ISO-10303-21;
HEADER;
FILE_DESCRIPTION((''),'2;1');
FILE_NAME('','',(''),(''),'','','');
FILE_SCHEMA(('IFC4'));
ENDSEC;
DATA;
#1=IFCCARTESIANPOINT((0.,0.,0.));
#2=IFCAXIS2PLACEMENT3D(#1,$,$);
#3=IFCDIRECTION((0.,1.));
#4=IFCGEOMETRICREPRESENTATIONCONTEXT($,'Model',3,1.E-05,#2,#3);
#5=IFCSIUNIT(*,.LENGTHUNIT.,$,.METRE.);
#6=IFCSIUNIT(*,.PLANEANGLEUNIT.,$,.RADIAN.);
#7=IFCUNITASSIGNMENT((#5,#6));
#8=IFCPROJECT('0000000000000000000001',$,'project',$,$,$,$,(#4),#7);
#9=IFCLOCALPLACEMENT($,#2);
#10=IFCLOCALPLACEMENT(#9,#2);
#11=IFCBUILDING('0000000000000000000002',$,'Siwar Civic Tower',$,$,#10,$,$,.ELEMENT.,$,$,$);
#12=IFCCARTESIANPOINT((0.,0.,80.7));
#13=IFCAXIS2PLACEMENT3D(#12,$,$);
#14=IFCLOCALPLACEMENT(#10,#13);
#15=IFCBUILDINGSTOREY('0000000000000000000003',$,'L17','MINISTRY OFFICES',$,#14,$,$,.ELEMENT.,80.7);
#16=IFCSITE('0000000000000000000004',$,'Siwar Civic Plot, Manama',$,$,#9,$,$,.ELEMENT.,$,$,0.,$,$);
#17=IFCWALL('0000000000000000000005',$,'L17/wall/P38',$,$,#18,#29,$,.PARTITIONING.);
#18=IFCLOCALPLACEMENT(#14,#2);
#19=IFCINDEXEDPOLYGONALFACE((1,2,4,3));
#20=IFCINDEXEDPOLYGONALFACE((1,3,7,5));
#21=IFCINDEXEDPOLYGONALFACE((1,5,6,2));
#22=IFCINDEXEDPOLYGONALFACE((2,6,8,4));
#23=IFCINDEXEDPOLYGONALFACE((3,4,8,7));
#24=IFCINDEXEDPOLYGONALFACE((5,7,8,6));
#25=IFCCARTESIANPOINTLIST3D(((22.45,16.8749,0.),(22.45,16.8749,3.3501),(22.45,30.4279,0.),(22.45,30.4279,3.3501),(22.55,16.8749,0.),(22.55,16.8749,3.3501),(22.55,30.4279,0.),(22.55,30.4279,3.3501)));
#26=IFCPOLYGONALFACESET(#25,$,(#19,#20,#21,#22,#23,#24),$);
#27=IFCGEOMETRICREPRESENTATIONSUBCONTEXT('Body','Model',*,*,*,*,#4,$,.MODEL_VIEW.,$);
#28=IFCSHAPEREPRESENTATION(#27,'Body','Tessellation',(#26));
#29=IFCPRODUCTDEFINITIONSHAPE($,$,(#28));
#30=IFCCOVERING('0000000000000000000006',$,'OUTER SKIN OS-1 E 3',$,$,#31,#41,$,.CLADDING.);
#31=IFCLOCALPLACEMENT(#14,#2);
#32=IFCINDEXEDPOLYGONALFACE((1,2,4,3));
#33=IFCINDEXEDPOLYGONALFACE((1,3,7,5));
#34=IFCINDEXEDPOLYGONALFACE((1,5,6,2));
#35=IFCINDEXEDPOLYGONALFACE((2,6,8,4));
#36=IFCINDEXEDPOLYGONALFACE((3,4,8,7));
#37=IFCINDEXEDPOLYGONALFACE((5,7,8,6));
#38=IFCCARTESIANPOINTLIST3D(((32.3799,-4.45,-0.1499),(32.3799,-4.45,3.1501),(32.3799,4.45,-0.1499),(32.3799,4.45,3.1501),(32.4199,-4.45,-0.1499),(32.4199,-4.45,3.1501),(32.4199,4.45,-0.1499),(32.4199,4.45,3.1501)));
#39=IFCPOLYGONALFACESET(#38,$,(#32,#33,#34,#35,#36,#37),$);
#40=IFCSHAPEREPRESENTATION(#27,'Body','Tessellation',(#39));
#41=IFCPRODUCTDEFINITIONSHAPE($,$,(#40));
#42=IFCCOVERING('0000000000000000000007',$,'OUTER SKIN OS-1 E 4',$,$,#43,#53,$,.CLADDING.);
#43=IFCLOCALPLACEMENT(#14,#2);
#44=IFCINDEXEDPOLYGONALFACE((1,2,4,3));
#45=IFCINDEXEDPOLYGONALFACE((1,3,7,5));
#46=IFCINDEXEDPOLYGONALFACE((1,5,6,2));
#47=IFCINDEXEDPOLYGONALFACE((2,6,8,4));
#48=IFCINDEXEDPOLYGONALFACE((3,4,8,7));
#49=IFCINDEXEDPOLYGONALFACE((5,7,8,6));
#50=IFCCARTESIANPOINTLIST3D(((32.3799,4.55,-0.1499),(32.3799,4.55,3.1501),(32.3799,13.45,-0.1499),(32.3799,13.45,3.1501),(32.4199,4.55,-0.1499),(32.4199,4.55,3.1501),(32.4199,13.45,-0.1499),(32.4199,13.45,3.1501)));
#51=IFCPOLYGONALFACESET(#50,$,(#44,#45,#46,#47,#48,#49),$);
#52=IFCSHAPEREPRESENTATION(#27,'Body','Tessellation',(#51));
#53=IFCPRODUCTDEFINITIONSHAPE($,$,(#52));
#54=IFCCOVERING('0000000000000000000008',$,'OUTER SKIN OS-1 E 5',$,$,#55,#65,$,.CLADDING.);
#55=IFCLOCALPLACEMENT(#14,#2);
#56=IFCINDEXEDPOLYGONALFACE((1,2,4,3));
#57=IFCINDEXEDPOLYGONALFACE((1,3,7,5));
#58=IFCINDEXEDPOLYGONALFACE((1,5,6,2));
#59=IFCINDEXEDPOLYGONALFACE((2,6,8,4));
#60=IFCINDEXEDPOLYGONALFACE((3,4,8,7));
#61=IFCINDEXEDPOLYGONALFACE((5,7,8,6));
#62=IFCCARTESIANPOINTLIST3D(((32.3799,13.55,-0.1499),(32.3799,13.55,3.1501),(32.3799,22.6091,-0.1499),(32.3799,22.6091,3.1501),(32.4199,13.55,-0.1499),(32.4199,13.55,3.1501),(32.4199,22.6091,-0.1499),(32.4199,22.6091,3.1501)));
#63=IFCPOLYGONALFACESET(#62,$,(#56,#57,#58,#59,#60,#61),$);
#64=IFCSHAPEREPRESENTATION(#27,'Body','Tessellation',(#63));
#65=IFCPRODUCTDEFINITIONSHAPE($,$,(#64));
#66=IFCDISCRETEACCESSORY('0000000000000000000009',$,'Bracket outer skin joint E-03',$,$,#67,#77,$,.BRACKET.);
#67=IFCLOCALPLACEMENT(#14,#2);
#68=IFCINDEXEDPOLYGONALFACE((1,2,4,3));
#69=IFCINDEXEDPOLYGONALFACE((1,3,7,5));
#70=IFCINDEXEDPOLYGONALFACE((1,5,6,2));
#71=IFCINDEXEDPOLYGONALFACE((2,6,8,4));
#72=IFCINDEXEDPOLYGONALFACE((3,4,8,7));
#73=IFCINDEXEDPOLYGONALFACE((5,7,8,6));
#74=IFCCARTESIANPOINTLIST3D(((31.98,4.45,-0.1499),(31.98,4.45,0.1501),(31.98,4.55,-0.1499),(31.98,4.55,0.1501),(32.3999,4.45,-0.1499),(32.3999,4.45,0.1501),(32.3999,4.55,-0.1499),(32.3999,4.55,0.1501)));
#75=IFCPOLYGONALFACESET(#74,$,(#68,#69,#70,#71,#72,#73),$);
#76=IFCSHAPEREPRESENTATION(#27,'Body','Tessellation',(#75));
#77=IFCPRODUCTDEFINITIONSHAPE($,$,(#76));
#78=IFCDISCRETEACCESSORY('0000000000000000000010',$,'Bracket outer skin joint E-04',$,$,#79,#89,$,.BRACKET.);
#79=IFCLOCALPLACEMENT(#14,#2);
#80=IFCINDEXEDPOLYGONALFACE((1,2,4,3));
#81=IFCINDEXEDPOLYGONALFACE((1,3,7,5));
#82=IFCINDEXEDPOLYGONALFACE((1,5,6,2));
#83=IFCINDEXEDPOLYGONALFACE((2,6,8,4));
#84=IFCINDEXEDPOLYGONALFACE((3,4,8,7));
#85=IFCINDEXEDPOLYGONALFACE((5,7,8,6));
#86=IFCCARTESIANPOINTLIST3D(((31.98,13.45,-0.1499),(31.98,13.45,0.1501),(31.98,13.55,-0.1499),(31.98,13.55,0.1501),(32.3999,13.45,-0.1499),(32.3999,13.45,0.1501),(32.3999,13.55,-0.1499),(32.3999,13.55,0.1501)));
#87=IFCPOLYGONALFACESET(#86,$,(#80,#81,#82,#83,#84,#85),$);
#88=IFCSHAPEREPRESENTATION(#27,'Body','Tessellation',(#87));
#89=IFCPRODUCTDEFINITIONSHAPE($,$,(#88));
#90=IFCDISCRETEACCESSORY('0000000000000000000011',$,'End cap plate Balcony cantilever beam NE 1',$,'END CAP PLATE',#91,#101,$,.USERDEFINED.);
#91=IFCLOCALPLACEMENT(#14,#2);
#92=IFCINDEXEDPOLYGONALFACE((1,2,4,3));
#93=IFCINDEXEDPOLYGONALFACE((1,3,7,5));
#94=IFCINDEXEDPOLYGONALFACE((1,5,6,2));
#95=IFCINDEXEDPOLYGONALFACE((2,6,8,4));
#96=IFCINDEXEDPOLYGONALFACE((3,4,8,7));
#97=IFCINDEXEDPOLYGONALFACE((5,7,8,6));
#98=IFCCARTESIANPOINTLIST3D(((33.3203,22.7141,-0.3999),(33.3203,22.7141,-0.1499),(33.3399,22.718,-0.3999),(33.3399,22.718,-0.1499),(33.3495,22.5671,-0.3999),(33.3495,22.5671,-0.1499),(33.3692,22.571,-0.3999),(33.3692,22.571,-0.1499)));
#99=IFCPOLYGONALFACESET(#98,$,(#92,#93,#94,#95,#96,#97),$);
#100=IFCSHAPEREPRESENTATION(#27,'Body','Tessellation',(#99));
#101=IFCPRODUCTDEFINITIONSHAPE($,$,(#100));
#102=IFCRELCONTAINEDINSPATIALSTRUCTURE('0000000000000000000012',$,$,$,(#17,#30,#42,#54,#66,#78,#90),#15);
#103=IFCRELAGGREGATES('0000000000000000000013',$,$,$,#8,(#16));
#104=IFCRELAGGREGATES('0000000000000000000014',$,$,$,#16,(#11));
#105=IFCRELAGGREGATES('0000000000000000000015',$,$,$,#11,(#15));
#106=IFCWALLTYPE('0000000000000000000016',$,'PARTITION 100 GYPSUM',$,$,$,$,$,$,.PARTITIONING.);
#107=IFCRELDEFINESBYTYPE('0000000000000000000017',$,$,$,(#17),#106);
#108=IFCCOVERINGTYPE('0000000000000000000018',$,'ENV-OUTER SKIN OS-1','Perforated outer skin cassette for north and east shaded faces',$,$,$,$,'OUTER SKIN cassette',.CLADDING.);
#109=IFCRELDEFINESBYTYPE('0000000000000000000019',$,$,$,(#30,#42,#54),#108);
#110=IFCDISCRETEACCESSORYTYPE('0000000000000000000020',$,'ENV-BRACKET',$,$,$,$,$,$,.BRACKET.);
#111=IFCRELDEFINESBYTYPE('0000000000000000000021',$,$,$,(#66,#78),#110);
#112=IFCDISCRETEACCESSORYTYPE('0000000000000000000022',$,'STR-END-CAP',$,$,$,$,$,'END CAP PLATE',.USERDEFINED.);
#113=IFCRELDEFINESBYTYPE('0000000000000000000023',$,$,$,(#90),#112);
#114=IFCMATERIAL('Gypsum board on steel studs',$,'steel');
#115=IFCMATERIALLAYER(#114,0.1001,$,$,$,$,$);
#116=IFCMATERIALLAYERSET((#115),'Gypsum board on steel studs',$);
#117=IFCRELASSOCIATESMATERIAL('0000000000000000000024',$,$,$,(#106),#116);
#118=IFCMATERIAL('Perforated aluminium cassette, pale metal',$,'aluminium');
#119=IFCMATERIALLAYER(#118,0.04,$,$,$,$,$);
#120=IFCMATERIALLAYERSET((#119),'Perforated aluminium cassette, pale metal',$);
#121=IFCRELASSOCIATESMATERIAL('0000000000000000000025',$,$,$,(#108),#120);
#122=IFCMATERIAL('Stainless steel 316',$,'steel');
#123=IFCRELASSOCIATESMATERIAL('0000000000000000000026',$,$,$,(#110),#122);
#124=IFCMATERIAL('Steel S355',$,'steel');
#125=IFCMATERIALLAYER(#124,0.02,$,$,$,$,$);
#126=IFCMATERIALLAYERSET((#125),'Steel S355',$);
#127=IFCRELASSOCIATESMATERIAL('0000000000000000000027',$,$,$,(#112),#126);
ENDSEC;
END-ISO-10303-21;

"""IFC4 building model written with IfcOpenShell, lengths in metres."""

from ifc_helpers import new_model, si_unit, direction, frame, frame_2d, origin, origin_2d, place, context, subcontext, project, spatial, rectangle, extrude, material, layer, layer_set, type_object, element, save


model = new_model("IFC4")

# Units and contexts
model_context = context("Model", 3, precision=1e-05, world=origin(), true_north=direction((0.0, 1.0)))
body_context = subcontext(model_context, "Body", "Model", "MODEL_VIEW")
ifc_project = project(units=[si_unit("LENGTHUNIT", "METRE"), si_unit("PLANEANGLEUNIT", "RADIAN")], contexts=[model_context])

# Site, building, storey
site_placement = place(None, origin())
site = spatial("IfcSite", under=ifc_project, at=site_placement, Name="Siwar Civic Plot, Manama", CompositionType="ELEMENT", RefElevation=0.0)
building_placement = place(site_placement, origin())
building = spatial("IfcBuilding", under=site, at=building_placement, Name="Siwar Civic Tower", CompositionType="ELEMENT")
storey_placement = place(building_placement, frame((0.0, 0.0, 80.7)))
storey = spatial("IfcBuildingStorey", under=building, at=storey_placement, Name="L17", Description="MINISTRY OFFICES", CompositionType="ELEMENT", Elevation=80.7)

# Wall
ifc_material_1 = material(Name="Gypsum board on steel studs", Category="steel")
ifc_layer_1 = layer(ifc_material_1, 0.1001)
ifc_layer_set_1 = layer_set([ifc_layer_1], Name="Gypsum board on steel studs")
wall_type_1 = type_object("IfcWallType", Name="PARTITION 100 GYPSUM", PredefinedType="PARTITIONING", material=ifc_layer_set_1)
wall_1_placement = place(storey_placement, frame((22.5, 16.875, 0.0), z_axis=(0.0, 0.0, 1.0), x_axis=(0.0, 1.0, 0.0)))
element("IfcWall", 1, at=wall_1_placement, inside=storey, type_object=wall_type_1, Name="L17/wall/P38", PredefinedType="PARTITIONING", context=body_context, shape_type="SweptSolid", body=[
    extrude(rectangle(XDim=13.553, YDim=0.1001, at=frame_2d((6.7764, 0.0))), origin(), (0.0, 0.0, 1.0), 3.3501),
])

# Coverings
ifc_material_2 = material(Name="Perforated aluminium cassette, pale metal", Category="aluminium")
ifc_layer_2 = layer(ifc_material_2, 0.04)
ifc_layer_set_2 = layer_set([ifc_layer_2], Name="Perforated aluminium cassette, pale metal")
covering_type = type_object("IfcCoveringType", Name="ENV-OUTER SKIN OS-1", Description="Perforated outer skin cassette for north and east shaded faces", ElementType="OUTER SKIN cassette", PredefinedType="CLADDING", material=ifc_layer_set_2)
for number, where, z_axis, x_axis, name in (
    (2, (32.3999, 0.0, -0.1499), (0.0, 0.0, 1.0), (0.0, 1.0, 0.0), "OUTER SKIN OS-1 E 3"),
    (3, (32.3999, 9.0, -0.1499), (0.0, 0.0, 1.0), (0.0, 1.0, 0.0), "OUTER SKIN OS-1 E 4"),
):
    element("IfcCovering", number, at=place(storey_placement, frame(where, z_axis=z_axis, x_axis=x_axis)), inside=storey, type_object=covering_type, Name=name, PredefinedType="CLADDING", context=body_context, shape_type="SweptSolid", body=[
        extrude(rectangle(XDim=8.8999, YDim=0.04, at=origin_2d()), origin(), (0.0, 0.0, 1.0), 3.3),
    ])
covering_placement = place(storey_placement, frame((32.3999, 18.0796, -0.1499), z_axis=(0.0, 0.0, 1.0), x_axis=(0.0, 1.0, 0.0)))
element("IfcCovering", 4, at=covering_placement, inside=storey, type_object=covering_type, Name="OUTER SKIN OS-1 E 5", PredefinedType="CLADDING", context=body_context, shape_type="SweptSolid", body=[
    extrude(rectangle(XDim=9.0591, YDim=0.04, at=origin_2d()), origin(), (0.0, 0.0, 1.0), 3.3),
])

# Discrete accessories
ifc_material_3 = material(Name="Stainless steel 316", Category="steel")
discrete_accessory_type_1 = type_object("IfcDiscreteAccessoryType", Name="ENV-BRACKET", PredefinedType="BRACKET", material=ifc_material_3)
for number, where, z_axis, x_axis, name in (
    (5, (32.1899, 4.5, -0.1499), (0.0, 0.0, 1.0), (1.0, 0.0, 0.0), "Bracket outer skin joint E-03"),
    (6, (32.1899, 13.5, -0.1499), (0.0, 0.0, 1.0), (1.0, 0.0, 0.0), "Bracket outer skin joint E-04"),
):
    element("IfcDiscreteAccessory", number, at=place(storey_placement, frame(where, z_axis=z_axis, x_axis=x_axis)), inside=storey, type_object=discrete_accessory_type_1, Name=name, PredefinedType="BRACKET", context=body_context, shape_type="SweptSolid", body=[
        extrude(rectangle(XDim=0.4199, YDim=0.1001, at=origin_2d()), origin(), (0.0, 0.0, 1.0), 0.3),
    ])
ifc_material_4 = material(Name="Steel S355", Category="steel")
ifc_layer_3 = layer(ifc_material_4, 0.02)
ifc_layer_set_3 = layer_set([ifc_layer_3], Name="Steel S355")
discrete_accessory_type_2 = type_object("IfcDiscreteAccessoryType", Name="STR-END-CAP", ElementType="END CAP PLATE", PredefinedType="USERDEFINED", material=ifc_layer_set_3)
discrete_accessory_placement = place(storey_placement, frame((33.3447, 22.6426, -0.3999), z_axis=(0.0, 0.0, 1.0), x_axis=(0.980785, 0.19509, 0.0)))
element("IfcDiscreteAccessory", 7, at=discrete_accessory_placement, inside=storey, type_object=discrete_accessory_type_2, Name="End cap plate Balcony cantilever beam NE 1", ObjectType="END CAP PLATE", PredefinedType="USERDEFINED", context=body_context, shape_type="SweptSolid", body=[
    extrude(rectangle(XDim=0.02, YDim=0.1499, at=origin_2d()), origin(), (0.0, 0.0, 1.0), 0.25),
])

save(model, "model.ifc")
